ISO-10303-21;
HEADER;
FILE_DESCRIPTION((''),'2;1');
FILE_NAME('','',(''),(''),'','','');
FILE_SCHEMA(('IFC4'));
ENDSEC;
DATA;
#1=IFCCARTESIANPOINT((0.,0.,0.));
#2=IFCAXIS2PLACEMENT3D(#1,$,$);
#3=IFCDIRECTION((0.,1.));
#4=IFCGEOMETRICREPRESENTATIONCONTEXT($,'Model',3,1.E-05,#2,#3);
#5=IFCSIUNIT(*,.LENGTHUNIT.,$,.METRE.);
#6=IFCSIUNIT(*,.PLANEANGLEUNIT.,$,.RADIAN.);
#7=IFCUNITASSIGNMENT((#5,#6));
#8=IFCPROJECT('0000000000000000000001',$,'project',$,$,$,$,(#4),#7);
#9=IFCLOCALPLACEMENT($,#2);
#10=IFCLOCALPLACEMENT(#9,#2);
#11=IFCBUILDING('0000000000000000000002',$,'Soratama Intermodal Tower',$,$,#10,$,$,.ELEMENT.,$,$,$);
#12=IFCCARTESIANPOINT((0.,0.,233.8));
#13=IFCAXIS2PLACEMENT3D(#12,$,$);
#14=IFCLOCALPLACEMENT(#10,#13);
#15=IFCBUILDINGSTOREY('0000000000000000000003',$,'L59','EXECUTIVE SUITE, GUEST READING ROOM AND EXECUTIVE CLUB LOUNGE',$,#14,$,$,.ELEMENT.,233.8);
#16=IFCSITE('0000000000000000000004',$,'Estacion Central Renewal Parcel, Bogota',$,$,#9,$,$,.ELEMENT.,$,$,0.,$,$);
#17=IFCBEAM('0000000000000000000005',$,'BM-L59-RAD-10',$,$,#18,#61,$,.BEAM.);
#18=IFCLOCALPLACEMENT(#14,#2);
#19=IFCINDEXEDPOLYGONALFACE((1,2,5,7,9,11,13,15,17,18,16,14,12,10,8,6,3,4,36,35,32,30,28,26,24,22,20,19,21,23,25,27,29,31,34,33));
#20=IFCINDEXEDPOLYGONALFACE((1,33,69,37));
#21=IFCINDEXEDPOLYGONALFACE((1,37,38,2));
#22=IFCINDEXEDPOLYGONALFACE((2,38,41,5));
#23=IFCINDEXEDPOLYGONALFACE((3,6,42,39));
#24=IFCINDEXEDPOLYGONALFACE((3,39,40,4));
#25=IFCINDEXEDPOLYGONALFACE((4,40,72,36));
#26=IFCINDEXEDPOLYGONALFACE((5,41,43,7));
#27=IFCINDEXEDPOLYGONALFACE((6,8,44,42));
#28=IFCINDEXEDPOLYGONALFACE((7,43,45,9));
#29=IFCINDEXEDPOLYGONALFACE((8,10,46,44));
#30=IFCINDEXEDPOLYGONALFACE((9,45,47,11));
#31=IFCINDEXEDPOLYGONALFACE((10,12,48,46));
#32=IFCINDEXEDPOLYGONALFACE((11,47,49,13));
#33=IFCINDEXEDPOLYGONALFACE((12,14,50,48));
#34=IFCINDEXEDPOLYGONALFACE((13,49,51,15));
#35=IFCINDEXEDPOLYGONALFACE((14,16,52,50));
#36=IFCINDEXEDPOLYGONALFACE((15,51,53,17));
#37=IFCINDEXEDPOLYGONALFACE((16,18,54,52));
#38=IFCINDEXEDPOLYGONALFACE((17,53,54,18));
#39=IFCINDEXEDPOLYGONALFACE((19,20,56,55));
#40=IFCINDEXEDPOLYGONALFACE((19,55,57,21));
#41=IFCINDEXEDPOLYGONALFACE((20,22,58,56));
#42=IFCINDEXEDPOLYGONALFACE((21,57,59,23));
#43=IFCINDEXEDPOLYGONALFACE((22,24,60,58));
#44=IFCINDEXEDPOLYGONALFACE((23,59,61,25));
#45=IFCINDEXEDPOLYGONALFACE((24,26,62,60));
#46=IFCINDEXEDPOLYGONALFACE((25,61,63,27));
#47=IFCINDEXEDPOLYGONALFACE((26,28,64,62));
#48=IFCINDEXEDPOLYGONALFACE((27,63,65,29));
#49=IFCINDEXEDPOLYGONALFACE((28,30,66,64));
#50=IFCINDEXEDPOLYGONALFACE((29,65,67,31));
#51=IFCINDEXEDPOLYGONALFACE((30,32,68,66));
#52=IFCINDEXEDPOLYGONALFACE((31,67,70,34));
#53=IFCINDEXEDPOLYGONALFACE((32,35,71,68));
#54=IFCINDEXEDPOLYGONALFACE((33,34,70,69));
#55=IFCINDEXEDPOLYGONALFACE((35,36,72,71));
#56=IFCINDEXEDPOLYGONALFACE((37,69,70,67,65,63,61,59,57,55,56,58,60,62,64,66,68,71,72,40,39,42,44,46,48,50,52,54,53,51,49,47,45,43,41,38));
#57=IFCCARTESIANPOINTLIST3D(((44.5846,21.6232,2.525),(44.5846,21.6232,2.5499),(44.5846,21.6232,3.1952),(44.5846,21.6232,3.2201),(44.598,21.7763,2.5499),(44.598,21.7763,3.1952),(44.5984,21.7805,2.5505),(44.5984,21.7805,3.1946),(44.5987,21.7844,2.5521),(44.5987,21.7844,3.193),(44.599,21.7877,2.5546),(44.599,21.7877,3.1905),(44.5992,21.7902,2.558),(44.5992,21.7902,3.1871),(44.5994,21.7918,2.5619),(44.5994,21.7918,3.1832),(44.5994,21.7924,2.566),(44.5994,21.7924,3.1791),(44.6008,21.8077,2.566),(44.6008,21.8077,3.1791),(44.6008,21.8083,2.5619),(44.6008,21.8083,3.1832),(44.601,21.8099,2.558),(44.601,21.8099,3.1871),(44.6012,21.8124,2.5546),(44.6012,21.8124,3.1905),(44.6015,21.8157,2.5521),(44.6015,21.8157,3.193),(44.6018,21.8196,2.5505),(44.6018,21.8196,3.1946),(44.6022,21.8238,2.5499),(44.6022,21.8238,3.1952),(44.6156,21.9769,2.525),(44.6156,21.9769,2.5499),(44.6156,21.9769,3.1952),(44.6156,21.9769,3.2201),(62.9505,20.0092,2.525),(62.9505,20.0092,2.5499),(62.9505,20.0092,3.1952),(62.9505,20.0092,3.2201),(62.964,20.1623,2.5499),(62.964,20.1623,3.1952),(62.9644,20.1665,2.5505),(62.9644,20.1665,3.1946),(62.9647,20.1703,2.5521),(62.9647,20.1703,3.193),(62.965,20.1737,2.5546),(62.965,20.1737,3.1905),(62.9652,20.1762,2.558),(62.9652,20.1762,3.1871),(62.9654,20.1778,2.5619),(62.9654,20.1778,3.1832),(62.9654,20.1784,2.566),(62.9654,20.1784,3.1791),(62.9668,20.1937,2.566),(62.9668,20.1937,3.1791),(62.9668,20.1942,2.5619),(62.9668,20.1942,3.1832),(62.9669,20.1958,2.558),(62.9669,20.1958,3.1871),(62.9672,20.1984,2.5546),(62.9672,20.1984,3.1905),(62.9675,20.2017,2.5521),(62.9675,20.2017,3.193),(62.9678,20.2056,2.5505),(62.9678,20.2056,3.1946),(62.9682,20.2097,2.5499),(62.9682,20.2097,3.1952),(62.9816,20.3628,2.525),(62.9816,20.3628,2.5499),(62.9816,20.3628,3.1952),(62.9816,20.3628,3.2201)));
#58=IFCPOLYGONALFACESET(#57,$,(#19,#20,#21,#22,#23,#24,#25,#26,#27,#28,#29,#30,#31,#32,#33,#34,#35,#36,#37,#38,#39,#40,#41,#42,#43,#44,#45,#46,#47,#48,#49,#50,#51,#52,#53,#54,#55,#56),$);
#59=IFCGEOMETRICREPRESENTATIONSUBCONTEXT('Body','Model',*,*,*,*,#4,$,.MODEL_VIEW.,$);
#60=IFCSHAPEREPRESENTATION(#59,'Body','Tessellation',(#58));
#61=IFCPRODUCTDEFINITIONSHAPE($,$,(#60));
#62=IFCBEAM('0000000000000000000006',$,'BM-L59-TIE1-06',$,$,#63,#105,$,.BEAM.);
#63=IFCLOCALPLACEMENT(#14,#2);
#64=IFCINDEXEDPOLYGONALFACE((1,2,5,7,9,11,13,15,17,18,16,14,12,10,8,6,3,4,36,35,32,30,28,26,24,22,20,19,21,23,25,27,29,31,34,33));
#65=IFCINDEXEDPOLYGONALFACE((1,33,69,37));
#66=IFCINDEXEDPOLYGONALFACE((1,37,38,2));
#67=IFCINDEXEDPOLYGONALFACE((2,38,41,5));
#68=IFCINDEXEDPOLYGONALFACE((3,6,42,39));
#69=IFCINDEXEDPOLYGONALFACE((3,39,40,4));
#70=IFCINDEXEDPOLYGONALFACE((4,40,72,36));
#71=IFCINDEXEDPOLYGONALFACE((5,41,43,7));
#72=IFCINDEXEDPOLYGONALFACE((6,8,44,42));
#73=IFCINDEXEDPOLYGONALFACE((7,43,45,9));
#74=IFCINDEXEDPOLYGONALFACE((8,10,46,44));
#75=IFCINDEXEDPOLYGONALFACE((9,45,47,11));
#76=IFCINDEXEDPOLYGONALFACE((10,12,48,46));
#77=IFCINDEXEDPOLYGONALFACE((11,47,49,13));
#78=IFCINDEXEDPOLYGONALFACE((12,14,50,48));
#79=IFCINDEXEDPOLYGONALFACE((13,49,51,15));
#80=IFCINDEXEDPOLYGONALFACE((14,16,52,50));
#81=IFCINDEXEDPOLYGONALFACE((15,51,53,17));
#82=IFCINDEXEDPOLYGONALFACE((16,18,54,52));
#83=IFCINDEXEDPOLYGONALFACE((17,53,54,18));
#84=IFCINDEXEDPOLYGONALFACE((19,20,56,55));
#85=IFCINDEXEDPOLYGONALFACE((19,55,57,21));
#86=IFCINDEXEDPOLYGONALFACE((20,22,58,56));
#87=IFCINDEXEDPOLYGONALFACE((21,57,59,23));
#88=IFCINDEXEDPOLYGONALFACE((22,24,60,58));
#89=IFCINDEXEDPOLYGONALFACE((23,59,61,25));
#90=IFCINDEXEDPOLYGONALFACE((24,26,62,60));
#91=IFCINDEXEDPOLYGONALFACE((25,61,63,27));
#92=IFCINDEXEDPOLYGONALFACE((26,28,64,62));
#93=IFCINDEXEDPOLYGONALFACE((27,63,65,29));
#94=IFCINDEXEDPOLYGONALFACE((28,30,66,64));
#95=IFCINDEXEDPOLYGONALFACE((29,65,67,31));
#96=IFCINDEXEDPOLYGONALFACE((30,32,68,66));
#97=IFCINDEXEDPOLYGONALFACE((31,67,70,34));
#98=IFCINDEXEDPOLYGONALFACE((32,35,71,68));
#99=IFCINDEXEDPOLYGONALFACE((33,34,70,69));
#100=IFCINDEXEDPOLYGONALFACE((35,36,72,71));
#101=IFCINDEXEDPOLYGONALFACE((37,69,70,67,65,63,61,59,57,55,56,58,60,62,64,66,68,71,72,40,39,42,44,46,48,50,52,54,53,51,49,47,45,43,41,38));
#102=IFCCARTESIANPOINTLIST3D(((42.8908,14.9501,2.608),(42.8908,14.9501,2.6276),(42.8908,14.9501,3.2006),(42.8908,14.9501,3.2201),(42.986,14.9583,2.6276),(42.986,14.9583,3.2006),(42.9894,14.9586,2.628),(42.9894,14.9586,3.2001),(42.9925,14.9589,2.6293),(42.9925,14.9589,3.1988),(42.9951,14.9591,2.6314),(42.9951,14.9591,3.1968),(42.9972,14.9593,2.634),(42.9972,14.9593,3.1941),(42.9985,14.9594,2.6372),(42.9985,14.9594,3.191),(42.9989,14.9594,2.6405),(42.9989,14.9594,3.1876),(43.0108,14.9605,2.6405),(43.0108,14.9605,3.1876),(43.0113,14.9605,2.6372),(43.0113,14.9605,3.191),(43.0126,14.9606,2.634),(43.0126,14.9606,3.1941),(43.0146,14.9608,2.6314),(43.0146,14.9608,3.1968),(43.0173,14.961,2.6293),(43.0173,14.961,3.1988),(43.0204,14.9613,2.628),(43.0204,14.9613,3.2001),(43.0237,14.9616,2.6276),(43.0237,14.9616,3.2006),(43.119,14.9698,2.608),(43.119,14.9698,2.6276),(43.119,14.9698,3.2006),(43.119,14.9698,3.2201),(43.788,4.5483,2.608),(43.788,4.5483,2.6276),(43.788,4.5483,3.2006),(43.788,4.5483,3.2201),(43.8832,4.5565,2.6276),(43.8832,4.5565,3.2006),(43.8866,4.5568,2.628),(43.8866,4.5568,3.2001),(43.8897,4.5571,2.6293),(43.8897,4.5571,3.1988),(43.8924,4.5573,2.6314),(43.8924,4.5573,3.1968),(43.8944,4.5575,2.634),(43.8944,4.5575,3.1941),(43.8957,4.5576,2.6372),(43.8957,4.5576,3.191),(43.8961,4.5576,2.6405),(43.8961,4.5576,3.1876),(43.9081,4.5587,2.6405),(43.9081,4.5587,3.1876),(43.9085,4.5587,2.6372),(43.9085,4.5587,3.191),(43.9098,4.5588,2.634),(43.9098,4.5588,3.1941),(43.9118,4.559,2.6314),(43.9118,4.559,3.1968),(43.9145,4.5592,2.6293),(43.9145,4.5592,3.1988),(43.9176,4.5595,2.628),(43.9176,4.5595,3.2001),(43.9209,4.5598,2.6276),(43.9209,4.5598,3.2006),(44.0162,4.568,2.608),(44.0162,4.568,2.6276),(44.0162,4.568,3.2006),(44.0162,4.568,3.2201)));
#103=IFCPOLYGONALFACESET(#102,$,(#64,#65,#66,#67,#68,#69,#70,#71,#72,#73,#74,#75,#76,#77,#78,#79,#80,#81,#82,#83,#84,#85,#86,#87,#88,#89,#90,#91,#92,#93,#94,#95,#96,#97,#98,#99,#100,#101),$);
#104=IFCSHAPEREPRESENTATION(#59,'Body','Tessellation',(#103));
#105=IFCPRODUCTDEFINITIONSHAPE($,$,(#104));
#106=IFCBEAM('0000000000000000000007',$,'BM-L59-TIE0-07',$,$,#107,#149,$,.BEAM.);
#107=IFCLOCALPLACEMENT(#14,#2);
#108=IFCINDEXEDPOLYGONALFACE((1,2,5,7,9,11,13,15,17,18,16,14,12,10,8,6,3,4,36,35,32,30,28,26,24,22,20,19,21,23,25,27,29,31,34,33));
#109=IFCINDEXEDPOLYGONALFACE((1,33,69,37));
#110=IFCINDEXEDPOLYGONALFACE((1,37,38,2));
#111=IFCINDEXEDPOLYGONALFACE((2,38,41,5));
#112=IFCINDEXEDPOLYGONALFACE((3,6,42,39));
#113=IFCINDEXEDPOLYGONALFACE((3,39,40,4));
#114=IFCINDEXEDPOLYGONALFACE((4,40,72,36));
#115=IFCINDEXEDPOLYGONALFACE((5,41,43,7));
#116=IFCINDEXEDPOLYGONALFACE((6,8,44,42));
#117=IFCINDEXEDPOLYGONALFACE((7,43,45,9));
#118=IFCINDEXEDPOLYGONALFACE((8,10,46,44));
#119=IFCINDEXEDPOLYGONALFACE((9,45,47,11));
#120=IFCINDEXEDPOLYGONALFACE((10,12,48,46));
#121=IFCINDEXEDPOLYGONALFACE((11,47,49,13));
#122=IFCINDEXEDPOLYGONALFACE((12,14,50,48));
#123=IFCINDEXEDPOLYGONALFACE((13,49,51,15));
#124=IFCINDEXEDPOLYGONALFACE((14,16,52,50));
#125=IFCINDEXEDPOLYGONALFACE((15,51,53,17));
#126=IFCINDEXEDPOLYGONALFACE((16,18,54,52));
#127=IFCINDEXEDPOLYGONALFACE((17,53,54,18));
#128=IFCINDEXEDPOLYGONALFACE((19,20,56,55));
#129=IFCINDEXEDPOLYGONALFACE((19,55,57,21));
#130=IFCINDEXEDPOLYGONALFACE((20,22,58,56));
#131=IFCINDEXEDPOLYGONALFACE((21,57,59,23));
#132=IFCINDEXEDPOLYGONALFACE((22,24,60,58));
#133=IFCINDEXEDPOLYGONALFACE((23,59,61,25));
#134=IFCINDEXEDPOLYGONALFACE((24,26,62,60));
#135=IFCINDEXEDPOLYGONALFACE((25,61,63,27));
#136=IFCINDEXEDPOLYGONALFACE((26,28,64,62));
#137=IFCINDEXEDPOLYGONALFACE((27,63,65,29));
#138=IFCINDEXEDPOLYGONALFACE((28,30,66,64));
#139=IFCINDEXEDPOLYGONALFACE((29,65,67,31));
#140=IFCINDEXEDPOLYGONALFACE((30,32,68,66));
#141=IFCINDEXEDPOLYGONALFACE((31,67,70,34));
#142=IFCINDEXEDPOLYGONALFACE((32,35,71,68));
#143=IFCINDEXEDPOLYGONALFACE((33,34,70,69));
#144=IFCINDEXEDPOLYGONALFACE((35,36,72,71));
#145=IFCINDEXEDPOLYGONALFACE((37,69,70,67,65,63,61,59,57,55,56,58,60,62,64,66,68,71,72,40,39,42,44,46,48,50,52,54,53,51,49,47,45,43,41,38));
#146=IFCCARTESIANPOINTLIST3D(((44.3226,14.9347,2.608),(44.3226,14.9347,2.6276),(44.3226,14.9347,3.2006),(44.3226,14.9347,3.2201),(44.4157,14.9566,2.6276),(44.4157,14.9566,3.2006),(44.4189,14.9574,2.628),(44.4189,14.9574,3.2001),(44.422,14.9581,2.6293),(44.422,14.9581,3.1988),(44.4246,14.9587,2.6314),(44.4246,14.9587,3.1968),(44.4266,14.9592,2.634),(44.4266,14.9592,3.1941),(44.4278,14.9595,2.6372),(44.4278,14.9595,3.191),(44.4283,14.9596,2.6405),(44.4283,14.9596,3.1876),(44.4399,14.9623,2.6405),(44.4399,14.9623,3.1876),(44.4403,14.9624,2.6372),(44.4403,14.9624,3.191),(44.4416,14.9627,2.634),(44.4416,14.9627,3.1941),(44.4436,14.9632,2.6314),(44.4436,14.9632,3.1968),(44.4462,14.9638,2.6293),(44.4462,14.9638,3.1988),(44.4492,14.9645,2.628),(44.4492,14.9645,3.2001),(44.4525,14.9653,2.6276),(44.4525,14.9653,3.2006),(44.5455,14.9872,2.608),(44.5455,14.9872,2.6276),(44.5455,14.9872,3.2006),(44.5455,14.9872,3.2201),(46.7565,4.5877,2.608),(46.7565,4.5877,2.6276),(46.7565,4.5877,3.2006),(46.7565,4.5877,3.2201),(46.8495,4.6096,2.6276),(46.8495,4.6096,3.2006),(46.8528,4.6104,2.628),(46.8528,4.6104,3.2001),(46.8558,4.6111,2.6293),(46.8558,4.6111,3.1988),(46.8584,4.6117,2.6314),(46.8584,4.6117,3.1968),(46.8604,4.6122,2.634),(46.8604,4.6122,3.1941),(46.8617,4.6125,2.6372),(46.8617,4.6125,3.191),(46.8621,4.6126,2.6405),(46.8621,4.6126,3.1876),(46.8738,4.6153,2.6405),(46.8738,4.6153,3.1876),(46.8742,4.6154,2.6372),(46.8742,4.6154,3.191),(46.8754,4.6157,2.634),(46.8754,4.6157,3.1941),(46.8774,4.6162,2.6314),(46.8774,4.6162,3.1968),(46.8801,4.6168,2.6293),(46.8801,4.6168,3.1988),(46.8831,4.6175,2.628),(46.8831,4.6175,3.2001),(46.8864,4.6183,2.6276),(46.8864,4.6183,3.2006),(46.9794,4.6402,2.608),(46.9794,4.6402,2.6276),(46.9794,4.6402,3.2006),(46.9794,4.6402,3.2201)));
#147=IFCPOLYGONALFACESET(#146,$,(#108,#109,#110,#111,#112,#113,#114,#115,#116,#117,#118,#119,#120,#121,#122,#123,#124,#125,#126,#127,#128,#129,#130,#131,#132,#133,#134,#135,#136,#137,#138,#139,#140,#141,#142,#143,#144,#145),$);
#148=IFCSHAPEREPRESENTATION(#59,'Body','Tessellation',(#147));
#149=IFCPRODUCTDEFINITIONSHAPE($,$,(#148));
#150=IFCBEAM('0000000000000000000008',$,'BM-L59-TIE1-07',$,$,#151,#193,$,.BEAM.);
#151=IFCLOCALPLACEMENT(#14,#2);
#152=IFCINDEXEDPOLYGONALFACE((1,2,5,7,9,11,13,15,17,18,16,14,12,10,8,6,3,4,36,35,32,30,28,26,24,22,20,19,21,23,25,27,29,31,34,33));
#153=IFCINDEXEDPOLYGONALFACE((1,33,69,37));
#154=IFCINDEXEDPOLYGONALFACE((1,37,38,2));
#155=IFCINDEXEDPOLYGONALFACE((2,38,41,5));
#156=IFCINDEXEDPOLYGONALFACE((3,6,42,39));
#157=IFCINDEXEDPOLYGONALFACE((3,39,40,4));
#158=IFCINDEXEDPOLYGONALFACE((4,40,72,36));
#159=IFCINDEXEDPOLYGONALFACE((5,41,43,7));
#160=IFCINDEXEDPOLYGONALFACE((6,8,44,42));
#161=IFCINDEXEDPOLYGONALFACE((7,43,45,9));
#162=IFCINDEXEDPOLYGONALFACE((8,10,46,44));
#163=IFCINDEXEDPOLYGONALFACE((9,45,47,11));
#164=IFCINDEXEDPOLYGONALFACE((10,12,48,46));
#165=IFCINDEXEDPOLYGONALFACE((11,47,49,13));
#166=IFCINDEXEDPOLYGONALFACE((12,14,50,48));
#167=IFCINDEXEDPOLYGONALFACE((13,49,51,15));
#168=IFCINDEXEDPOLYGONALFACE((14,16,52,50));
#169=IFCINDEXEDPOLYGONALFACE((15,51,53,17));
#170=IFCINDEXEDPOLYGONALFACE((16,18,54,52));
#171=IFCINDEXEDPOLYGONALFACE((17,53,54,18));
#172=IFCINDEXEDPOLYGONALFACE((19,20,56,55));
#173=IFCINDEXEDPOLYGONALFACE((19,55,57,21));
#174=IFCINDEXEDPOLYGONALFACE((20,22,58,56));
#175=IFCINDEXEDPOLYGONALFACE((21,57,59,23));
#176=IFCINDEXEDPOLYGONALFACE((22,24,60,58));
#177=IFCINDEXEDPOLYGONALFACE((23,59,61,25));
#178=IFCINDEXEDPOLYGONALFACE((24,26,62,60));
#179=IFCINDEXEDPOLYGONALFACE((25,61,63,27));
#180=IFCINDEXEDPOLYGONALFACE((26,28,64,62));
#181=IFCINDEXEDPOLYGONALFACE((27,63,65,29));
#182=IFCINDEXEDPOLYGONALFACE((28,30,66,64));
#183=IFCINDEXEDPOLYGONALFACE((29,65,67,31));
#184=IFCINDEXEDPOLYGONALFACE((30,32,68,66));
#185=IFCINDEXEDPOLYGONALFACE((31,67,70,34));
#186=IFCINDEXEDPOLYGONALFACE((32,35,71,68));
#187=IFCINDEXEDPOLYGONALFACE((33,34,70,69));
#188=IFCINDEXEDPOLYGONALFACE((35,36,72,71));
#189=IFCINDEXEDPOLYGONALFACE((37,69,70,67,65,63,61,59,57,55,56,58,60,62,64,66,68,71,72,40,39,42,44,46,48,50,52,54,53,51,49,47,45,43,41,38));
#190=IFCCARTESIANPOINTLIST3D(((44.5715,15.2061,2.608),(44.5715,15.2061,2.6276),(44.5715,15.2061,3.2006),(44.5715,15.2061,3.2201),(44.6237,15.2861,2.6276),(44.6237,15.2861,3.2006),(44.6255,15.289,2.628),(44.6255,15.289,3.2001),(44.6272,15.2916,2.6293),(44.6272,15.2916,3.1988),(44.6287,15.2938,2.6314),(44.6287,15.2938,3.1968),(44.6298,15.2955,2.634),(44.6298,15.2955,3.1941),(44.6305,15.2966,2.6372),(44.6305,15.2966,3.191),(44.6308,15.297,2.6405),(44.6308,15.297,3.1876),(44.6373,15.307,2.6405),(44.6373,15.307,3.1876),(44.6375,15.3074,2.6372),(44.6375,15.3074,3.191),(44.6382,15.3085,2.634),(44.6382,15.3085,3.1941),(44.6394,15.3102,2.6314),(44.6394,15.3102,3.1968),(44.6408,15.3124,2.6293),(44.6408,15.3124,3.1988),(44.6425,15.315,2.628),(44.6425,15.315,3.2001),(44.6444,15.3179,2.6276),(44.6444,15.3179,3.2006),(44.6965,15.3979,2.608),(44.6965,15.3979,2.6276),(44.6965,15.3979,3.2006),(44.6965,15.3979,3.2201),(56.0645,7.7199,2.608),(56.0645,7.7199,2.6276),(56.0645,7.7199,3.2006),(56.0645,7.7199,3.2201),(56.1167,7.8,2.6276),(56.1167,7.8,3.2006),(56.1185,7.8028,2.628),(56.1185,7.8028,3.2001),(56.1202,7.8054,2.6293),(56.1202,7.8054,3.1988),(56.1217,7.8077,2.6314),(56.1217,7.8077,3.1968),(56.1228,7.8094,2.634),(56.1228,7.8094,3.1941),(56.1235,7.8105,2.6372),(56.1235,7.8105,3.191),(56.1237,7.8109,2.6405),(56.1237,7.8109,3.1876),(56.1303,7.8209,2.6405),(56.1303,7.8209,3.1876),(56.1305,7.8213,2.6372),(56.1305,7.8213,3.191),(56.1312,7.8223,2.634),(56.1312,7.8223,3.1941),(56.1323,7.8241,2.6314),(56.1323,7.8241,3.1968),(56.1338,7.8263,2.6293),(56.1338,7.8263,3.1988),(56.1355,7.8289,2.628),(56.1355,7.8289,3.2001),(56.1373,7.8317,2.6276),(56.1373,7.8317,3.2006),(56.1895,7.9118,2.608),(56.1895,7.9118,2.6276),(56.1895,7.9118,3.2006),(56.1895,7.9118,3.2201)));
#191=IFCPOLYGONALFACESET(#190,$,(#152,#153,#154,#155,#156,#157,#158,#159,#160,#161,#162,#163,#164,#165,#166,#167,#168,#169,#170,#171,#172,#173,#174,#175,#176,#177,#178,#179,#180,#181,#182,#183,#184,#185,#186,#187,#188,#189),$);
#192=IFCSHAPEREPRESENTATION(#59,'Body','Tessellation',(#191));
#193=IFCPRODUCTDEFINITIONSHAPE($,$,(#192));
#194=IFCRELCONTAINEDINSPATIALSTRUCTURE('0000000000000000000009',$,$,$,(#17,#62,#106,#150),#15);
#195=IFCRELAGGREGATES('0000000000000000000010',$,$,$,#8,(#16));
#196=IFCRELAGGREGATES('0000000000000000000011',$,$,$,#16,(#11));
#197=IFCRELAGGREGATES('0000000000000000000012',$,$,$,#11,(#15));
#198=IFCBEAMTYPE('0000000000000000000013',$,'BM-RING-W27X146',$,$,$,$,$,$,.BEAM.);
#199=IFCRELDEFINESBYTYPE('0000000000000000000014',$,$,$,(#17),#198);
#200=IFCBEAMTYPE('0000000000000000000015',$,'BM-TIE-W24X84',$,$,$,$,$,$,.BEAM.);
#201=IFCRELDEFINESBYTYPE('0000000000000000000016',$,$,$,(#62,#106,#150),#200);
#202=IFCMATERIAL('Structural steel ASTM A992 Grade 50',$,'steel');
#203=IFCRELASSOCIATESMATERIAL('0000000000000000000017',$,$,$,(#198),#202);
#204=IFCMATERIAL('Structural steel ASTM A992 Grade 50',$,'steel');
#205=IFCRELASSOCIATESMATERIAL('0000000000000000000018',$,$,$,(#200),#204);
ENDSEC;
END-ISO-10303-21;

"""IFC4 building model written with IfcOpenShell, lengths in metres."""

from ifc_helpers import new_model, si_unit, direction, frame, origin, origin_2d, place, context, subcontext, project, spatial, i_section, extrude, material, material_profile, profile_set, type_object, element, save


model = new_model("IFC4")

# Units and contexts
model_context = context("Model", 3, precision=1e-05, world=origin(), true_north=direction((0.0, 1.0)))
body_context = subcontext(model_context, "Body", "Model", "MODEL_VIEW")
ifc_project = project(units=[si_unit("LENGTHUNIT", "METRE"), si_unit("PLANEANGLEUNIT", "RADIAN")], contexts=[model_context])

# Site, building, storey
site_placement = place(None, origin())
site = spatial("IfcSite", under=ifc_project, at=site_placement, Name="Estacion Central Renewal Parcel, Bogota", CompositionType="ELEMENT", RefElevation=0.0)
building_placement = place(site_placement, origin())
building = spatial("IfcBuilding", under=site, at=building_placement, Name="Soratama Intermodal Tower", CompositionType="ELEMENT")
storey_placement = place(building_placement, frame((0.0, 0.0, 233.8)))
storey = spatial("IfcBuildingStorey", under=building, at=storey_placement, Name="L59", Description="EXECUTIVE SUITE, GUEST READING ROOM AND EXECUTIVE CLUB LOUNGE", CompositionType="ELEMENT", Elevation=233.8)

# Beams
ifc_material_1 = material(Name="Structural steel ASTM A992 Grade 50", Category="steel")
ifc_material_profile_1 = material_profile(ifc_material_1, i_section(OverallWidth=0.355, OverallDepth=0.6951, WebThickness=0.0154, FlangeThickness=0.0249, FilletRadius=0.0161, at=origin_2d()), Name="W27X146")
ifc_profile_set_1 = profile_set([ifc_material_profile_1], Name="Structural steel ASTM A992 Grade 50")
beam_type_1 = type_object("IfcBeamType", Name="BM-RING-W27X146", PredefinedType="BEAM", material=ifc_profile_set_1)
beam_1_placement = place(storey_placement, frame((44.6001, 21.8, 2.8726), z_axis=(0.996161, -0.087543, 0.0), x_axis=(0.087543, 0.996161, 0.0)))
element("IfcBeam", 1, at=beam_1_placement, inside=storey, type_object=beam_type_1, Name="BM-L59-RAD-10", PredefinedType="BEAM", context=body_context, shape_type="SweptSolid", body=[
    extrude(i_section(OverallWidth=0.355, OverallDepth=0.6951, WebThickness=0.0154, FlangeThickness=0.0249, FilletRadius=0.0161, at=origin_2d()), origin(), (0.0, 0.0, 1.0), 18.4368),
])
ifc_material_2 = material(Name="Structural steel ASTM A992 Grade 50", Category="steel")
ifc_material_profile_2 = material_profile(ifc_material_2, i_section(OverallWidth=0.229, OverallDepth=0.6121, WebThickness=0.012, FlangeThickness=0.0195, FilletRadius=0.0129, at=origin_2d()), Name="W24X84")
ifc_profile_set_2 = profile_set([ifc_material_profile_2], Name="Structural steel ASTM A992 Grade 50")
beam_type_2 = type_object("IfcBeamType", Name="BM-TIE-W24X84", PredefinedType="BEAM", material=ifc_profile_set_2)
beam_2_placement = place(storey_placement, frame((43.0049, 14.96, 2.9141), z_axis=(0.085936, -0.996301, 0.0), x_axis=(0.996301, 0.085936, 0.0)))
element("IfcBeam", 2, at=beam_2_placement, inside=storey, type_object=beam_type_2, Name="BM-L59-TIE1-06", PredefinedType="BEAM", context=body_context, shape_type="SweptSolid", body=[
    extrude(i_section(OverallWidth=0.229, OverallDepth=0.6121, WebThickness=0.012, FlangeThickness=0.0195, FilletRadius=0.0129, at=origin_2d()), origin(), (0.0, 0.0, 1.0), 10.4404),
])
beam_3_placement = place(storey_placement, frame((44.4341, 14.9609, 2.9141), z_axis=(0.228974, -0.973433, 0.0), x_axis=(0.973433, 0.228974, 0.0)))
element("IfcBeam", 3, at=beam_3_placement, inside=storey, type_object=beam_type_2, Name="BM-L59-TIE0-07", PredefinedType="BEAM", context=body_context, shape_type="SweptSolid", body=[
    extrude(i_section(OverallWidth=0.229, OverallDepth=0.6121, WebThickness=0.012, FlangeThickness=0.0195, FilletRadius=0.0129, at=origin_2d()), origin(), (0.0, 0.0, 1.0), 10.6294),
])
beam_4_placement = place(storey_placement, frame((44.634, 15.302, 2.9141), z_axis=(0.837921, -0.545792, 0.0), x_axis=(0.545792, 0.837921, 0.0)))
element("IfcBeam", 4, at=beam_4_placement, inside=storey, type_object=beam_type_2, Name="BM-L59-TIE1-07", PredefinedType="BEAM", context=body_context, shape_type="SweptSolid", body=[
    extrude(i_section(OverallWidth=0.229, OverallDepth=0.6121, WebThickness=0.012, FlangeThickness=0.0195, FilletRadius=0.0129, at=origin_2d()), origin(), (0.0, 0.0, 1.0), 13.7161),
])

save(model, "model.ifc")
